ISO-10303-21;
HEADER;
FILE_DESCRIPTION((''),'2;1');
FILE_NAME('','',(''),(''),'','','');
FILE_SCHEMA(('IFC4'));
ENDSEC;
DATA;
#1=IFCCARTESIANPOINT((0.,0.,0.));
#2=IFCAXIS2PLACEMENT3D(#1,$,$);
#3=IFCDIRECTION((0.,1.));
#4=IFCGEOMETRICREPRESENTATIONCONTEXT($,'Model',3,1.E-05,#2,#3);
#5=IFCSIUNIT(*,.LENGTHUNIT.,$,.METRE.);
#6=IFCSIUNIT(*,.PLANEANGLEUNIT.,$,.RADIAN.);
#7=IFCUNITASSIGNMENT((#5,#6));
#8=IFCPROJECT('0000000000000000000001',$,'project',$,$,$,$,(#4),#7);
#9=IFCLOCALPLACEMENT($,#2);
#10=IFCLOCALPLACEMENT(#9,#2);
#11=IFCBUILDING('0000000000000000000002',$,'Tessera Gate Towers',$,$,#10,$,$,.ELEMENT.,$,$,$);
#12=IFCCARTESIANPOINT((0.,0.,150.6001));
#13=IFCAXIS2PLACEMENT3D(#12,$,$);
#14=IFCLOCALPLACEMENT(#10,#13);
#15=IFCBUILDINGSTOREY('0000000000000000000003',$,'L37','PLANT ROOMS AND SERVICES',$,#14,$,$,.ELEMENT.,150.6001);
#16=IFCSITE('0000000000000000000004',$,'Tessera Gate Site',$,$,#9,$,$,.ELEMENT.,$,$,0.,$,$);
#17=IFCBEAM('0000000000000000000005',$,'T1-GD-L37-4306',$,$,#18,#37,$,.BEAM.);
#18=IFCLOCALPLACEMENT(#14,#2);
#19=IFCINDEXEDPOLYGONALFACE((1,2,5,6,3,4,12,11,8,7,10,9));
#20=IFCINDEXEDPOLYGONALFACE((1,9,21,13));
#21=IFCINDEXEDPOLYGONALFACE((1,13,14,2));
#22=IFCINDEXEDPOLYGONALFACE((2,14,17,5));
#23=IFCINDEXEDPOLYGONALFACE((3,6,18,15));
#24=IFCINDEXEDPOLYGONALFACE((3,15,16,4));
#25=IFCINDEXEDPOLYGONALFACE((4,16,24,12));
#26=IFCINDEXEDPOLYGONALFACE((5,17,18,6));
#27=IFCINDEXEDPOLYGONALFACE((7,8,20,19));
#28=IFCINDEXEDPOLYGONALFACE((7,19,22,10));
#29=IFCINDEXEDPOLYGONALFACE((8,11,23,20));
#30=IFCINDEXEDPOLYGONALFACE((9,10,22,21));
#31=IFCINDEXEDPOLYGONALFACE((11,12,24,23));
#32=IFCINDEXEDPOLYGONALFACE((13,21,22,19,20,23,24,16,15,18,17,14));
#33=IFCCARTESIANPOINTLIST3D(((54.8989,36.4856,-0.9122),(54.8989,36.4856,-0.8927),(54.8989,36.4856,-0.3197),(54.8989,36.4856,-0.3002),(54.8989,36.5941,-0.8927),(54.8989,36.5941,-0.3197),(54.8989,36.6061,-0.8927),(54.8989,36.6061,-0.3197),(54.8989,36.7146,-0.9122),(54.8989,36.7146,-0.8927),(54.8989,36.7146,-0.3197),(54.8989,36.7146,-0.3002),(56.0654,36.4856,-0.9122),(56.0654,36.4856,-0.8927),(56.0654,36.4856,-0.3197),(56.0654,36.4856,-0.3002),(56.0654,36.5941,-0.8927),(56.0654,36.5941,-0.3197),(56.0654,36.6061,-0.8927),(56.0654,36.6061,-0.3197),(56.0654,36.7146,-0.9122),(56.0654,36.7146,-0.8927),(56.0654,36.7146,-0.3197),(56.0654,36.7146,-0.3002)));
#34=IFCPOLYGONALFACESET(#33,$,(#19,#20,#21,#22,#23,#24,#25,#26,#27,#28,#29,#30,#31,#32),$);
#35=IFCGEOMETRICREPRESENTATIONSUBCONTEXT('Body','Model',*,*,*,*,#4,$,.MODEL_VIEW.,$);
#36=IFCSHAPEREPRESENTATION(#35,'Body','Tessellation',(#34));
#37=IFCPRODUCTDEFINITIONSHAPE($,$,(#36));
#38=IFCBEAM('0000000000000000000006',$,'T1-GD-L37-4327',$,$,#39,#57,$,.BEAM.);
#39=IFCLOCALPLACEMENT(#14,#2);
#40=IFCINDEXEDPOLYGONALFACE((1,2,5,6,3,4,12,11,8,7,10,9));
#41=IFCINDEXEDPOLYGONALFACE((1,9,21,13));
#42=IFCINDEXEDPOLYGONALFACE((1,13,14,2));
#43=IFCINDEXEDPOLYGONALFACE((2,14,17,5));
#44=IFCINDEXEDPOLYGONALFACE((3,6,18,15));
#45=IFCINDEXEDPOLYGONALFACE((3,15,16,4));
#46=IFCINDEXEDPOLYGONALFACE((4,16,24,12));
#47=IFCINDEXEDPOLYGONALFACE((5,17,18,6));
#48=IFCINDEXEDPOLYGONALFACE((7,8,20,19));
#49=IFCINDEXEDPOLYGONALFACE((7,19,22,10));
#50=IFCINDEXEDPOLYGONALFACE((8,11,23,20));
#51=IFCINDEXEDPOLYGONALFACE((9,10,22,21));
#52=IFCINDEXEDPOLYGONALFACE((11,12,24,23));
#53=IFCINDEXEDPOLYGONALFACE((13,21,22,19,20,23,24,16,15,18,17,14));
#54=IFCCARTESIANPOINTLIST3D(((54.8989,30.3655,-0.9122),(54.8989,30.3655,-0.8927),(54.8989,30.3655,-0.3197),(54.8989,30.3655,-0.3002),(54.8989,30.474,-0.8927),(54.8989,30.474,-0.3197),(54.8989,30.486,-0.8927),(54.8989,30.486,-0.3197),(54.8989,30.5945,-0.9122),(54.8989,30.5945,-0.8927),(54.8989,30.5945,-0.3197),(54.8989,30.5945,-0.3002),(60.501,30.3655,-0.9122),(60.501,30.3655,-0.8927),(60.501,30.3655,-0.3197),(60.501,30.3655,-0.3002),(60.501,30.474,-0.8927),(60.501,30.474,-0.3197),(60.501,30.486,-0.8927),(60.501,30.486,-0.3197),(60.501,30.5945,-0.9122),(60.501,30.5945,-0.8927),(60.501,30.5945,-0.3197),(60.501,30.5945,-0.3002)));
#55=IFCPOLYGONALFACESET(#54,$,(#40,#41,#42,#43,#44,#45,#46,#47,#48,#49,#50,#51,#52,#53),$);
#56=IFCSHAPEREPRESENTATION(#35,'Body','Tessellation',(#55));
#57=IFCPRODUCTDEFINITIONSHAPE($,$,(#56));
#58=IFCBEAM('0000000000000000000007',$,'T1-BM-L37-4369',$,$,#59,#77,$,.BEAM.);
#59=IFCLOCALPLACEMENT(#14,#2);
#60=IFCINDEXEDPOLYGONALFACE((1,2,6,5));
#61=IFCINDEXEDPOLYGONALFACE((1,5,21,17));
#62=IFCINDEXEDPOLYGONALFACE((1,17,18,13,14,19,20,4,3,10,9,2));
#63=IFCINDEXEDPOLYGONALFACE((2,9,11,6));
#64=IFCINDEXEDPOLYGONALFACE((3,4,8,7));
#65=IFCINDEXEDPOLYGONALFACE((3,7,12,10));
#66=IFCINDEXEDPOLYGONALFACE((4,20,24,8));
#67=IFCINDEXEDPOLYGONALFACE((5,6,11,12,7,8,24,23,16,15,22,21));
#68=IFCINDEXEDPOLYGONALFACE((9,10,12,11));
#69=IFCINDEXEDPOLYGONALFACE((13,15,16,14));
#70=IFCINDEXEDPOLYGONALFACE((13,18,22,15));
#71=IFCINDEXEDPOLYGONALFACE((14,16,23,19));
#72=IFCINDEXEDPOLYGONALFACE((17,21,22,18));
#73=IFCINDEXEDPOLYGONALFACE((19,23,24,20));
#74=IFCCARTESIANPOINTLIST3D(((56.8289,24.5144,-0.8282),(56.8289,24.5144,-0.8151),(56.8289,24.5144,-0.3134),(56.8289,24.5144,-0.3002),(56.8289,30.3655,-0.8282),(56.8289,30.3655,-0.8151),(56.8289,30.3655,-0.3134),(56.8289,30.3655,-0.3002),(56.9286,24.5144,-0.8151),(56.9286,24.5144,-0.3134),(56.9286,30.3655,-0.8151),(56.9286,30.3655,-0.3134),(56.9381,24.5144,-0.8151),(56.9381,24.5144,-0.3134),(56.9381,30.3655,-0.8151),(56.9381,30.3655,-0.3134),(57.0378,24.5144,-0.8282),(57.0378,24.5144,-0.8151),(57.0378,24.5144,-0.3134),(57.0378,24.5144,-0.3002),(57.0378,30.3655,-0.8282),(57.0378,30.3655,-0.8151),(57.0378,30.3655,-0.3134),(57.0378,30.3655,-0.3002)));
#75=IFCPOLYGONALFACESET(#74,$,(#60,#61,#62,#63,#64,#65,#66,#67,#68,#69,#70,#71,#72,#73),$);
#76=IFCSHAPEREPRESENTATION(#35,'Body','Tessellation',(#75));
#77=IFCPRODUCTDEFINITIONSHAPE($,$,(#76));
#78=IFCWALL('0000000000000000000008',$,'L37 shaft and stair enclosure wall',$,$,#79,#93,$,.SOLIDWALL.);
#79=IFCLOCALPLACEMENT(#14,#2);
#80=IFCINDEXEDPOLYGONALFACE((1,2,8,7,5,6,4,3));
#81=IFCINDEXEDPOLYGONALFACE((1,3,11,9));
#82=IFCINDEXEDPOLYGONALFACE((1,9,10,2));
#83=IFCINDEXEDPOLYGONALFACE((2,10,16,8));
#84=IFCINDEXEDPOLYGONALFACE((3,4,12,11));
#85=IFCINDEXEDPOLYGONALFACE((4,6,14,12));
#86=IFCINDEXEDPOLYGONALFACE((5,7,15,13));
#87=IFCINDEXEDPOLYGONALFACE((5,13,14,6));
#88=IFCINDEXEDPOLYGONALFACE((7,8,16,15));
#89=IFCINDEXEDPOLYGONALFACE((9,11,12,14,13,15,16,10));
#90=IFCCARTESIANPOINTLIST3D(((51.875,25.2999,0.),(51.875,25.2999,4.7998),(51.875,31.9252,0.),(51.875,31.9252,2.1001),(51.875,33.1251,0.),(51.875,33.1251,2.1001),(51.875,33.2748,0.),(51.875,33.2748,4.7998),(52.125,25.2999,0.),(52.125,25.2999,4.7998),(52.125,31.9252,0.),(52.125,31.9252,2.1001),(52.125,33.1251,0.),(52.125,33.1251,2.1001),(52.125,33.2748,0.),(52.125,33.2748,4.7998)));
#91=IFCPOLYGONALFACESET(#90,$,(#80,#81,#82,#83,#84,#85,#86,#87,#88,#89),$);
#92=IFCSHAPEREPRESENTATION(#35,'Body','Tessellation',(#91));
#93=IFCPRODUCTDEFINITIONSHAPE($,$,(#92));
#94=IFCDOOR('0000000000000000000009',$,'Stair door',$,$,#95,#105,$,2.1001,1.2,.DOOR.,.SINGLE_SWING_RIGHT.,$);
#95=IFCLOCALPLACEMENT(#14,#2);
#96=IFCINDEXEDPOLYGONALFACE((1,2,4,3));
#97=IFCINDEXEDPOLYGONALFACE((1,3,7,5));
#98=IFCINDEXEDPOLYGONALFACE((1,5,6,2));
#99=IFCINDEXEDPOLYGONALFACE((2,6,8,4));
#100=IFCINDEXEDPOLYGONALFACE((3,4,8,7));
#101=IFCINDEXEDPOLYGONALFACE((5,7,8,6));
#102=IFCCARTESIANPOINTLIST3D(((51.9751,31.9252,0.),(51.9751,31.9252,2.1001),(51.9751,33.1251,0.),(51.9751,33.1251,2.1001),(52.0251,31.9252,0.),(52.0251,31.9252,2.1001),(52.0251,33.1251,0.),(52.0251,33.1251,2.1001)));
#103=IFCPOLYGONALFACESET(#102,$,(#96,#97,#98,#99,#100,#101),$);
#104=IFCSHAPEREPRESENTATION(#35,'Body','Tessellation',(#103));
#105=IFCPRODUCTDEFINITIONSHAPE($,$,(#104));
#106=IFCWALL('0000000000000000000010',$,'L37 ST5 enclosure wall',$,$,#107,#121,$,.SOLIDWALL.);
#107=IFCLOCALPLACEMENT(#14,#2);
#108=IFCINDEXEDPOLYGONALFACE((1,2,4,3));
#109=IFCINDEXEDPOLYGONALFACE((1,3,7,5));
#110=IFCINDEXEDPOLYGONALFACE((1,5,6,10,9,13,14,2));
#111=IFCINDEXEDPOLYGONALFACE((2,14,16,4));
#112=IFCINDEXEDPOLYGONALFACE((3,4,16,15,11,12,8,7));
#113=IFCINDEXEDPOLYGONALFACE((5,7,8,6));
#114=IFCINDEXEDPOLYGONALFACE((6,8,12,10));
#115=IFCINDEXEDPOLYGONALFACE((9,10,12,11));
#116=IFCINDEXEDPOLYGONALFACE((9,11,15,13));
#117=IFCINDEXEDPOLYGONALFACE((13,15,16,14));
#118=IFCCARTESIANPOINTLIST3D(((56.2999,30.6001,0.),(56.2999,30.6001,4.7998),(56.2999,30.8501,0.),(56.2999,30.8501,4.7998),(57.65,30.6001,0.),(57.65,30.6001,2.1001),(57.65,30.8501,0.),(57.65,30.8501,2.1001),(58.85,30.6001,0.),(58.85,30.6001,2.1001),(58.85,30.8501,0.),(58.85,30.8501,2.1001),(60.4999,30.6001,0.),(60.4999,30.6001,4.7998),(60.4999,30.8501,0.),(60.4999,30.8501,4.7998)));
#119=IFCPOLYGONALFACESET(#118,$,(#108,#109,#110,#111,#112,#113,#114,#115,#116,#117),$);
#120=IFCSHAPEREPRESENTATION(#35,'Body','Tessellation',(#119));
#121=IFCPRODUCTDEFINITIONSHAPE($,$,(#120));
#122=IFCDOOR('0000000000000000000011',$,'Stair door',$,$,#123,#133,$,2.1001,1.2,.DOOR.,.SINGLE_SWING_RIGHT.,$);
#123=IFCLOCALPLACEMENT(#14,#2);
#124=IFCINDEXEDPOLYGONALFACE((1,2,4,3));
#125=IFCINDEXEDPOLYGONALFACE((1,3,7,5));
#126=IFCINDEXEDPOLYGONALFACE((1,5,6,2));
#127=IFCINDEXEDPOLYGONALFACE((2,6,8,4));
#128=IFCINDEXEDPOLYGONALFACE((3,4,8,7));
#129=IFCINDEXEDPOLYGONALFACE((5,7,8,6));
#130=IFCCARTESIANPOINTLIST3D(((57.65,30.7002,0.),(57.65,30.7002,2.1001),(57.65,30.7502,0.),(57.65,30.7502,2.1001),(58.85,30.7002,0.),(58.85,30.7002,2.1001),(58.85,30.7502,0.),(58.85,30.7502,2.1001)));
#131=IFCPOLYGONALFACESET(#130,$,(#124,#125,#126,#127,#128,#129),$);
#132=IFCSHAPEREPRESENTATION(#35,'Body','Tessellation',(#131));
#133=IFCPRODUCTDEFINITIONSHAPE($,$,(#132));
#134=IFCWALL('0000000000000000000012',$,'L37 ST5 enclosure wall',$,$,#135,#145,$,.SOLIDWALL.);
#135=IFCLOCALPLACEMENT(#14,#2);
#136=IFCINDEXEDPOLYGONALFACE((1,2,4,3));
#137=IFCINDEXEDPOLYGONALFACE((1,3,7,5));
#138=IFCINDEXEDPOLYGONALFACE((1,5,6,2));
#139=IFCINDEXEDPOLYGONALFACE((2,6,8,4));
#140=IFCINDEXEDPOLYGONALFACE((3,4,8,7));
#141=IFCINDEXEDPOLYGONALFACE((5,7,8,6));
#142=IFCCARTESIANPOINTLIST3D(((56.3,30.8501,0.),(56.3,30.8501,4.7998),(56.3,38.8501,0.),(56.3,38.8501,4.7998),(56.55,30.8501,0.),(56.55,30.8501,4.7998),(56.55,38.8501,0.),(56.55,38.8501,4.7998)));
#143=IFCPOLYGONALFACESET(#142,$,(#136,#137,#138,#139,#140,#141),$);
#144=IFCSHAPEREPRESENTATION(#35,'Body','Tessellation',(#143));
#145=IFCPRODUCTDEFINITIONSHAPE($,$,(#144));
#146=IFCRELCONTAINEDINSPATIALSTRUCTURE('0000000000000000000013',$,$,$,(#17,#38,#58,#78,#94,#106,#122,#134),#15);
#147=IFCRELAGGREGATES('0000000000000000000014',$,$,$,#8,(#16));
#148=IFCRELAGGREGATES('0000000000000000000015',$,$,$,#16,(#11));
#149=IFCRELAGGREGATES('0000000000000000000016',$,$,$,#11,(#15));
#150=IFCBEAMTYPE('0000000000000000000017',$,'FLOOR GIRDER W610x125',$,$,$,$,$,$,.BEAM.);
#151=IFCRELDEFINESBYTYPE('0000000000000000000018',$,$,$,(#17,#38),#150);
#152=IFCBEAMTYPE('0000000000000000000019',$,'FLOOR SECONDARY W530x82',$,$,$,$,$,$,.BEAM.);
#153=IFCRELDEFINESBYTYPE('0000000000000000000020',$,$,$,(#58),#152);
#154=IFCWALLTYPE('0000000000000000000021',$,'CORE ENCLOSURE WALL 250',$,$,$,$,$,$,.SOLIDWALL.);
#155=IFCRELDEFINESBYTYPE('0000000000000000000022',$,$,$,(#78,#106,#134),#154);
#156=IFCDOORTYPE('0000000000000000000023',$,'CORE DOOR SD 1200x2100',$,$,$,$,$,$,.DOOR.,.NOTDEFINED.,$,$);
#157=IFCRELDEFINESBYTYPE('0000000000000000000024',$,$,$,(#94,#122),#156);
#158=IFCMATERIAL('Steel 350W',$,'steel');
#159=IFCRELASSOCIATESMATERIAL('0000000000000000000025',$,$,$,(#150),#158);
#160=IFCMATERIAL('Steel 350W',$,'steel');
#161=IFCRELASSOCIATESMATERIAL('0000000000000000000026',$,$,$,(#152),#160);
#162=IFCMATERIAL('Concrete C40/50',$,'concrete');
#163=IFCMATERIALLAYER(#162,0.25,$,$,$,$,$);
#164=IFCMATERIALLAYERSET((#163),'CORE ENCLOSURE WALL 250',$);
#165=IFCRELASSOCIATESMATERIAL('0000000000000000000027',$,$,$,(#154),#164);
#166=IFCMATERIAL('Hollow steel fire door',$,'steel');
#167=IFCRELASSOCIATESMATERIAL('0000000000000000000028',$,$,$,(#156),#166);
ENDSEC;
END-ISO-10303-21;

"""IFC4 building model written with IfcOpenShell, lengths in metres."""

from ifc_helpers import new_model, si_unit, direction, frame, frame_2d, origin, origin_2d, place, context, subcontext, project, spatial, rectangle, i_section, extrude, source, transform, mapped, material, layer, layer_set, material_profile, profile_set, type_object, element, fill, save


model = new_model("IFC4")

# Units and contexts
model_context = context("Model", 3, precision=1e-05, world=origin(), true_north=direction((0.0, 1.0)))
body_context = subcontext(model_context, "Body", "Model", "MODEL_VIEW")
ifc_project = project(units=[si_unit("LENGTHUNIT", "METRE"), si_unit("PLANEANGLEUNIT", "RADIAN")], contexts=[model_context])

# Site, building, storey
site_placement = place(None, origin())
site = spatial("IfcSite", under=ifc_project, at=site_placement, Name="Tessera Gate Site", CompositionType="ELEMENT", RefElevation=0.0)
building_placement = place(site_placement, origin())
building = spatial("IfcBuilding", under=site, at=building_placement, Name="Tessera Gate Towers", CompositionType="ELEMENT")
storey_placement = place(building_placement, frame((0.0, 0.0, 150.6001)))
storey = spatial("IfcBuildingStorey", under=building, at=storey_placement, Name="L37", Description="PLANT ROOMS AND SERVICES", CompositionType="ELEMENT", Elevation=150.6001)

# Beams
ifc_material_1 = material(Name="Steel 350W", Category="steel")
ifc_material_profile_1 = material_profile(ifc_material_1, i_section(OverallWidth=0.229, OverallDepth=0.6121, WebThickness=0.012, FlangeThickness=0.0195, at=origin_2d()), Name="W610x125")
ifc_profile_set_1 = profile_set([ifc_material_profile_1], Name="Steel 350W")
beam_type_1 = type_object("IfcBeamType", Name="FLOOR GIRDER W610x125", PredefinedType="BEAM", material=ifc_profile_set_1)
beam_1_placement = place(storey_placement, frame((54.8989, 36.6001, -0.6062), z_axis=(1.0, 0.0, 0.0), x_axis=(0.0, 1.0, 0.0)))
element("IfcBeam", 1, at=beam_1_placement, inside=storey, type_object=beam_type_1, Name="T1-GD-L37-4306", PredefinedType="BEAM", context=body_context, shape_type="SweptSolid", body=[
    extrude(i_section(OverallWidth=0.229, OverallDepth=0.6121, WebThickness=0.012, FlangeThickness=0.0195, at=origin_2d()), origin(), (0.0, 0.0, 1.0), 1.1665),
])
beam_2_placement = place(storey_placement, frame((54.8989, 30.48, -0.6062), z_axis=(1.0, 0.0, 0.0), x_axis=(0.0, 1.0, 0.0)))
element("IfcBeam", 2, at=beam_2_placement, inside=storey, type_object=beam_type_1, Name="T1-GD-L37-4327", PredefinedType="BEAM", context=body_context, shape_type="SweptSolid", body=[
    extrude(i_section(OverallWidth=0.229, OverallDepth=0.6121, WebThickness=0.012, FlangeThickness=0.0195, at=origin_2d()), origin(), (0.0, 0.0, 1.0), 5.6021),
])
ifc_material_2 = material(Name="Steel 350W", Category="steel")
ifc_material_profile_2 = material_profile(ifc_material_2, i_section(OverallWidth=0.209, OverallDepth=0.5281, WebThickness=0.0095, FlangeThickness=0.0132, at=origin_2d()), Name="W530x82")
ifc_profile_set_2 = profile_set([ifc_material_profile_2], Name="Steel 350W")
beam_type_2 = type_object("IfcBeamType", Name="FLOOR SECONDARY W530x82", PredefinedType="BEAM", material=ifc_profile_set_2)
beam_3_placement = place(storey_placement, frame((56.9333, 24.5144, -0.5642), z_axis=(0.0, 1.0, 0.0), x_axis=(-1.0, 0.0, 0.0)))
element("IfcBeam", 3, at=beam_3_placement, inside=storey, type_object=beam_type_2, Name="T1-BM-L37-4369", PredefinedType="BEAM", context=body_context, shape_type="SweptSolid", body=[
    extrude(i_section(OverallWidth=0.209, OverallDepth=0.5281, WebThickness=0.0095, FlangeThickness=0.0132, at=origin_2d()), origin(), (0.0, 0.0, 1.0), 5.8511),
])

# Walls, openings, doors
ifc_material_3 = material(Name="Concrete C40/50", Category="concrete")
ifc_layer_1 = layer(ifc_material_3, 0.25)
ifc_layer_set_1 = layer_set([ifc_layer_1], Name="CORE ENCLOSURE WALL 250")
wall_type_1 = type_object("IfcWallType", Name="CORE ENCLOSURE WALL 250", PredefinedType="SOLIDWALL", material=ifc_layer_set_1)
wall_1_placement = place(storey_placement, frame((52.0, 25.3, 0.0), z_axis=(0.0, 0.0, 1.0), x_axis=(0.0, 1.0, 0.0)))
wall_1 = element("IfcWall", 4, at=wall_1_placement, inside=storey, type_object=wall_type_1, Name="L37 shaft and stair enclosure wall", PredefinedType="SOLIDWALL", context=body_context, shape_type="SweptSolid", body=[
    extrude(rectangle(XDim=7.9749, YDim=0.25, at=frame_2d((3.9873, 0.0))), origin(), (0.0, 0.0, 1.0), 4.7998),
])
shared_shape_1 = source(origin(), body_context, "Body", "SweptSolid", [
    extrude(rectangle(XDim=1.2, YDim=2.1001, at=frame_2d((0.6001, 1.05))), frame((0.0, 0.135, 0.0), z_axis=(0.0, -1.0, 0.0), x_axis=(1.0, 0.0, 0.0)), (0.0, 0.0, 1.0), 0.27),
])
opening_1_placement = place(wall_1_placement, frame((6.625, 0.0, 0.0)))
opening_1 = element("IfcOpeningElement", 5, at=opening_1_placement, cuts=wall_1, PredefinedType="OPENING", context=body_context, shape_type="MappedRepresentation", body=[
    mapped(shared_shape_1, transform((0.0, 0.0, 0.0), scale=1.0)),
])
ifc_material_4 = material(Name="Hollow steel fire door", Category="steel")
door_type_1 = type_object("IfcDoorType", Name="CORE DOOR SD 1200x2100", OperationType="NOTDEFINED", PredefinedType="DOOR", material=ifc_material_4)
shared_shape_2 = source(origin(), body_context, "Body", "SweptSolid", [
    extrude(rectangle(XDim=1.2, YDim=2.1001, at=frame_2d((0.6001, 1.05))), frame((0.0, 0.0249, 0.0), z_axis=(0.0, -1.0, 0.0), x_axis=(1.0, 0.0, 0.0)), (0.0, 0.0, 1.0), 0.05),
])
door_1_placement = place(opening_1_placement, origin())
door_1 = element("IfcDoor", 6, at=door_1_placement, inside=storey, type_object=door_type_1, Name="Stair door", OperationType="SINGLE_SWING_RIGHT", OverallHeight=2.1001, OverallWidth=1.2, PredefinedType="DOOR", context=body_context, shape_type="MappedRepresentation", body=[
    mapped(shared_shape_2, transform((0.0, 0.0, 0.0), scale=1.0)),
])
fill(opening_1, door_1)
wall_2_placement = place(storey_placement, frame((60.5, 30.7251, 0.0), z_axis=(0.0, 0.0, 1.0), x_axis=(-1.0, 0.0, 0.0)))
wall_2 = element("IfcWall", 7, at=wall_2_placement, inside=storey, type_object=wall_type_1, Name="L37 ST5 enclosure wall", PredefinedType="SOLIDWALL", context=body_context, shape_type="SweptSolid", body=[
    extrude(rectangle(XDim=4.2, YDim=0.25, at=frame_2d((2.1001, 0.0))), origin(), (0.0, 0.0, 1.0), 4.7998),
])
opening_2_placement = place(wall_2_placement, frame((1.6499, 0.0, 0.0)))
opening_2 = element("IfcOpeningElement", 8, at=opening_2_placement, cuts=wall_2, PredefinedType="OPENING", context=body_context, shape_type="MappedRepresentation", body=[
    mapped(shared_shape_1, transform((0.0, 0.0, 0.0), scale=1.0)),
])
door_2_placement = place(opening_2_placement, origin())
door_2 = element("IfcDoor", 9, at=door_2_placement, inside=storey, type_object=door_type_1, Name="Stair door", OperationType="SINGLE_SWING_RIGHT", OverallHeight=2.1001, OverallWidth=1.2, PredefinedType="DOOR", context=body_context, shape_type="MappedRepresentation", body=[
    mapped(shared_shape_2, transform((0.0, 0.0, 0.0), scale=1.0)),
])
fill(opening_2, door_2)

# Wall
wall_3_placement = place(storey_placement, frame((56.425, 30.8501, 0.0), z_axis=(0.0, 0.0, 1.0), x_axis=(0.0, 1.0, 0.0)))
element("IfcWall", 10, at=wall_3_placement, inside=storey, type_object=wall_type_1, Name="L37 ST5 enclosure wall", PredefinedType="SOLIDWALL", context=body_context, shape_type="SweptSolid", body=[
    extrude(rectangle(XDim=8.0, YDim=0.25, at=frame_2d((4.0, 0.0))), origin(), (0.0, 0.0, 1.0), 4.7998),
])

save(model, "model.ifc")
